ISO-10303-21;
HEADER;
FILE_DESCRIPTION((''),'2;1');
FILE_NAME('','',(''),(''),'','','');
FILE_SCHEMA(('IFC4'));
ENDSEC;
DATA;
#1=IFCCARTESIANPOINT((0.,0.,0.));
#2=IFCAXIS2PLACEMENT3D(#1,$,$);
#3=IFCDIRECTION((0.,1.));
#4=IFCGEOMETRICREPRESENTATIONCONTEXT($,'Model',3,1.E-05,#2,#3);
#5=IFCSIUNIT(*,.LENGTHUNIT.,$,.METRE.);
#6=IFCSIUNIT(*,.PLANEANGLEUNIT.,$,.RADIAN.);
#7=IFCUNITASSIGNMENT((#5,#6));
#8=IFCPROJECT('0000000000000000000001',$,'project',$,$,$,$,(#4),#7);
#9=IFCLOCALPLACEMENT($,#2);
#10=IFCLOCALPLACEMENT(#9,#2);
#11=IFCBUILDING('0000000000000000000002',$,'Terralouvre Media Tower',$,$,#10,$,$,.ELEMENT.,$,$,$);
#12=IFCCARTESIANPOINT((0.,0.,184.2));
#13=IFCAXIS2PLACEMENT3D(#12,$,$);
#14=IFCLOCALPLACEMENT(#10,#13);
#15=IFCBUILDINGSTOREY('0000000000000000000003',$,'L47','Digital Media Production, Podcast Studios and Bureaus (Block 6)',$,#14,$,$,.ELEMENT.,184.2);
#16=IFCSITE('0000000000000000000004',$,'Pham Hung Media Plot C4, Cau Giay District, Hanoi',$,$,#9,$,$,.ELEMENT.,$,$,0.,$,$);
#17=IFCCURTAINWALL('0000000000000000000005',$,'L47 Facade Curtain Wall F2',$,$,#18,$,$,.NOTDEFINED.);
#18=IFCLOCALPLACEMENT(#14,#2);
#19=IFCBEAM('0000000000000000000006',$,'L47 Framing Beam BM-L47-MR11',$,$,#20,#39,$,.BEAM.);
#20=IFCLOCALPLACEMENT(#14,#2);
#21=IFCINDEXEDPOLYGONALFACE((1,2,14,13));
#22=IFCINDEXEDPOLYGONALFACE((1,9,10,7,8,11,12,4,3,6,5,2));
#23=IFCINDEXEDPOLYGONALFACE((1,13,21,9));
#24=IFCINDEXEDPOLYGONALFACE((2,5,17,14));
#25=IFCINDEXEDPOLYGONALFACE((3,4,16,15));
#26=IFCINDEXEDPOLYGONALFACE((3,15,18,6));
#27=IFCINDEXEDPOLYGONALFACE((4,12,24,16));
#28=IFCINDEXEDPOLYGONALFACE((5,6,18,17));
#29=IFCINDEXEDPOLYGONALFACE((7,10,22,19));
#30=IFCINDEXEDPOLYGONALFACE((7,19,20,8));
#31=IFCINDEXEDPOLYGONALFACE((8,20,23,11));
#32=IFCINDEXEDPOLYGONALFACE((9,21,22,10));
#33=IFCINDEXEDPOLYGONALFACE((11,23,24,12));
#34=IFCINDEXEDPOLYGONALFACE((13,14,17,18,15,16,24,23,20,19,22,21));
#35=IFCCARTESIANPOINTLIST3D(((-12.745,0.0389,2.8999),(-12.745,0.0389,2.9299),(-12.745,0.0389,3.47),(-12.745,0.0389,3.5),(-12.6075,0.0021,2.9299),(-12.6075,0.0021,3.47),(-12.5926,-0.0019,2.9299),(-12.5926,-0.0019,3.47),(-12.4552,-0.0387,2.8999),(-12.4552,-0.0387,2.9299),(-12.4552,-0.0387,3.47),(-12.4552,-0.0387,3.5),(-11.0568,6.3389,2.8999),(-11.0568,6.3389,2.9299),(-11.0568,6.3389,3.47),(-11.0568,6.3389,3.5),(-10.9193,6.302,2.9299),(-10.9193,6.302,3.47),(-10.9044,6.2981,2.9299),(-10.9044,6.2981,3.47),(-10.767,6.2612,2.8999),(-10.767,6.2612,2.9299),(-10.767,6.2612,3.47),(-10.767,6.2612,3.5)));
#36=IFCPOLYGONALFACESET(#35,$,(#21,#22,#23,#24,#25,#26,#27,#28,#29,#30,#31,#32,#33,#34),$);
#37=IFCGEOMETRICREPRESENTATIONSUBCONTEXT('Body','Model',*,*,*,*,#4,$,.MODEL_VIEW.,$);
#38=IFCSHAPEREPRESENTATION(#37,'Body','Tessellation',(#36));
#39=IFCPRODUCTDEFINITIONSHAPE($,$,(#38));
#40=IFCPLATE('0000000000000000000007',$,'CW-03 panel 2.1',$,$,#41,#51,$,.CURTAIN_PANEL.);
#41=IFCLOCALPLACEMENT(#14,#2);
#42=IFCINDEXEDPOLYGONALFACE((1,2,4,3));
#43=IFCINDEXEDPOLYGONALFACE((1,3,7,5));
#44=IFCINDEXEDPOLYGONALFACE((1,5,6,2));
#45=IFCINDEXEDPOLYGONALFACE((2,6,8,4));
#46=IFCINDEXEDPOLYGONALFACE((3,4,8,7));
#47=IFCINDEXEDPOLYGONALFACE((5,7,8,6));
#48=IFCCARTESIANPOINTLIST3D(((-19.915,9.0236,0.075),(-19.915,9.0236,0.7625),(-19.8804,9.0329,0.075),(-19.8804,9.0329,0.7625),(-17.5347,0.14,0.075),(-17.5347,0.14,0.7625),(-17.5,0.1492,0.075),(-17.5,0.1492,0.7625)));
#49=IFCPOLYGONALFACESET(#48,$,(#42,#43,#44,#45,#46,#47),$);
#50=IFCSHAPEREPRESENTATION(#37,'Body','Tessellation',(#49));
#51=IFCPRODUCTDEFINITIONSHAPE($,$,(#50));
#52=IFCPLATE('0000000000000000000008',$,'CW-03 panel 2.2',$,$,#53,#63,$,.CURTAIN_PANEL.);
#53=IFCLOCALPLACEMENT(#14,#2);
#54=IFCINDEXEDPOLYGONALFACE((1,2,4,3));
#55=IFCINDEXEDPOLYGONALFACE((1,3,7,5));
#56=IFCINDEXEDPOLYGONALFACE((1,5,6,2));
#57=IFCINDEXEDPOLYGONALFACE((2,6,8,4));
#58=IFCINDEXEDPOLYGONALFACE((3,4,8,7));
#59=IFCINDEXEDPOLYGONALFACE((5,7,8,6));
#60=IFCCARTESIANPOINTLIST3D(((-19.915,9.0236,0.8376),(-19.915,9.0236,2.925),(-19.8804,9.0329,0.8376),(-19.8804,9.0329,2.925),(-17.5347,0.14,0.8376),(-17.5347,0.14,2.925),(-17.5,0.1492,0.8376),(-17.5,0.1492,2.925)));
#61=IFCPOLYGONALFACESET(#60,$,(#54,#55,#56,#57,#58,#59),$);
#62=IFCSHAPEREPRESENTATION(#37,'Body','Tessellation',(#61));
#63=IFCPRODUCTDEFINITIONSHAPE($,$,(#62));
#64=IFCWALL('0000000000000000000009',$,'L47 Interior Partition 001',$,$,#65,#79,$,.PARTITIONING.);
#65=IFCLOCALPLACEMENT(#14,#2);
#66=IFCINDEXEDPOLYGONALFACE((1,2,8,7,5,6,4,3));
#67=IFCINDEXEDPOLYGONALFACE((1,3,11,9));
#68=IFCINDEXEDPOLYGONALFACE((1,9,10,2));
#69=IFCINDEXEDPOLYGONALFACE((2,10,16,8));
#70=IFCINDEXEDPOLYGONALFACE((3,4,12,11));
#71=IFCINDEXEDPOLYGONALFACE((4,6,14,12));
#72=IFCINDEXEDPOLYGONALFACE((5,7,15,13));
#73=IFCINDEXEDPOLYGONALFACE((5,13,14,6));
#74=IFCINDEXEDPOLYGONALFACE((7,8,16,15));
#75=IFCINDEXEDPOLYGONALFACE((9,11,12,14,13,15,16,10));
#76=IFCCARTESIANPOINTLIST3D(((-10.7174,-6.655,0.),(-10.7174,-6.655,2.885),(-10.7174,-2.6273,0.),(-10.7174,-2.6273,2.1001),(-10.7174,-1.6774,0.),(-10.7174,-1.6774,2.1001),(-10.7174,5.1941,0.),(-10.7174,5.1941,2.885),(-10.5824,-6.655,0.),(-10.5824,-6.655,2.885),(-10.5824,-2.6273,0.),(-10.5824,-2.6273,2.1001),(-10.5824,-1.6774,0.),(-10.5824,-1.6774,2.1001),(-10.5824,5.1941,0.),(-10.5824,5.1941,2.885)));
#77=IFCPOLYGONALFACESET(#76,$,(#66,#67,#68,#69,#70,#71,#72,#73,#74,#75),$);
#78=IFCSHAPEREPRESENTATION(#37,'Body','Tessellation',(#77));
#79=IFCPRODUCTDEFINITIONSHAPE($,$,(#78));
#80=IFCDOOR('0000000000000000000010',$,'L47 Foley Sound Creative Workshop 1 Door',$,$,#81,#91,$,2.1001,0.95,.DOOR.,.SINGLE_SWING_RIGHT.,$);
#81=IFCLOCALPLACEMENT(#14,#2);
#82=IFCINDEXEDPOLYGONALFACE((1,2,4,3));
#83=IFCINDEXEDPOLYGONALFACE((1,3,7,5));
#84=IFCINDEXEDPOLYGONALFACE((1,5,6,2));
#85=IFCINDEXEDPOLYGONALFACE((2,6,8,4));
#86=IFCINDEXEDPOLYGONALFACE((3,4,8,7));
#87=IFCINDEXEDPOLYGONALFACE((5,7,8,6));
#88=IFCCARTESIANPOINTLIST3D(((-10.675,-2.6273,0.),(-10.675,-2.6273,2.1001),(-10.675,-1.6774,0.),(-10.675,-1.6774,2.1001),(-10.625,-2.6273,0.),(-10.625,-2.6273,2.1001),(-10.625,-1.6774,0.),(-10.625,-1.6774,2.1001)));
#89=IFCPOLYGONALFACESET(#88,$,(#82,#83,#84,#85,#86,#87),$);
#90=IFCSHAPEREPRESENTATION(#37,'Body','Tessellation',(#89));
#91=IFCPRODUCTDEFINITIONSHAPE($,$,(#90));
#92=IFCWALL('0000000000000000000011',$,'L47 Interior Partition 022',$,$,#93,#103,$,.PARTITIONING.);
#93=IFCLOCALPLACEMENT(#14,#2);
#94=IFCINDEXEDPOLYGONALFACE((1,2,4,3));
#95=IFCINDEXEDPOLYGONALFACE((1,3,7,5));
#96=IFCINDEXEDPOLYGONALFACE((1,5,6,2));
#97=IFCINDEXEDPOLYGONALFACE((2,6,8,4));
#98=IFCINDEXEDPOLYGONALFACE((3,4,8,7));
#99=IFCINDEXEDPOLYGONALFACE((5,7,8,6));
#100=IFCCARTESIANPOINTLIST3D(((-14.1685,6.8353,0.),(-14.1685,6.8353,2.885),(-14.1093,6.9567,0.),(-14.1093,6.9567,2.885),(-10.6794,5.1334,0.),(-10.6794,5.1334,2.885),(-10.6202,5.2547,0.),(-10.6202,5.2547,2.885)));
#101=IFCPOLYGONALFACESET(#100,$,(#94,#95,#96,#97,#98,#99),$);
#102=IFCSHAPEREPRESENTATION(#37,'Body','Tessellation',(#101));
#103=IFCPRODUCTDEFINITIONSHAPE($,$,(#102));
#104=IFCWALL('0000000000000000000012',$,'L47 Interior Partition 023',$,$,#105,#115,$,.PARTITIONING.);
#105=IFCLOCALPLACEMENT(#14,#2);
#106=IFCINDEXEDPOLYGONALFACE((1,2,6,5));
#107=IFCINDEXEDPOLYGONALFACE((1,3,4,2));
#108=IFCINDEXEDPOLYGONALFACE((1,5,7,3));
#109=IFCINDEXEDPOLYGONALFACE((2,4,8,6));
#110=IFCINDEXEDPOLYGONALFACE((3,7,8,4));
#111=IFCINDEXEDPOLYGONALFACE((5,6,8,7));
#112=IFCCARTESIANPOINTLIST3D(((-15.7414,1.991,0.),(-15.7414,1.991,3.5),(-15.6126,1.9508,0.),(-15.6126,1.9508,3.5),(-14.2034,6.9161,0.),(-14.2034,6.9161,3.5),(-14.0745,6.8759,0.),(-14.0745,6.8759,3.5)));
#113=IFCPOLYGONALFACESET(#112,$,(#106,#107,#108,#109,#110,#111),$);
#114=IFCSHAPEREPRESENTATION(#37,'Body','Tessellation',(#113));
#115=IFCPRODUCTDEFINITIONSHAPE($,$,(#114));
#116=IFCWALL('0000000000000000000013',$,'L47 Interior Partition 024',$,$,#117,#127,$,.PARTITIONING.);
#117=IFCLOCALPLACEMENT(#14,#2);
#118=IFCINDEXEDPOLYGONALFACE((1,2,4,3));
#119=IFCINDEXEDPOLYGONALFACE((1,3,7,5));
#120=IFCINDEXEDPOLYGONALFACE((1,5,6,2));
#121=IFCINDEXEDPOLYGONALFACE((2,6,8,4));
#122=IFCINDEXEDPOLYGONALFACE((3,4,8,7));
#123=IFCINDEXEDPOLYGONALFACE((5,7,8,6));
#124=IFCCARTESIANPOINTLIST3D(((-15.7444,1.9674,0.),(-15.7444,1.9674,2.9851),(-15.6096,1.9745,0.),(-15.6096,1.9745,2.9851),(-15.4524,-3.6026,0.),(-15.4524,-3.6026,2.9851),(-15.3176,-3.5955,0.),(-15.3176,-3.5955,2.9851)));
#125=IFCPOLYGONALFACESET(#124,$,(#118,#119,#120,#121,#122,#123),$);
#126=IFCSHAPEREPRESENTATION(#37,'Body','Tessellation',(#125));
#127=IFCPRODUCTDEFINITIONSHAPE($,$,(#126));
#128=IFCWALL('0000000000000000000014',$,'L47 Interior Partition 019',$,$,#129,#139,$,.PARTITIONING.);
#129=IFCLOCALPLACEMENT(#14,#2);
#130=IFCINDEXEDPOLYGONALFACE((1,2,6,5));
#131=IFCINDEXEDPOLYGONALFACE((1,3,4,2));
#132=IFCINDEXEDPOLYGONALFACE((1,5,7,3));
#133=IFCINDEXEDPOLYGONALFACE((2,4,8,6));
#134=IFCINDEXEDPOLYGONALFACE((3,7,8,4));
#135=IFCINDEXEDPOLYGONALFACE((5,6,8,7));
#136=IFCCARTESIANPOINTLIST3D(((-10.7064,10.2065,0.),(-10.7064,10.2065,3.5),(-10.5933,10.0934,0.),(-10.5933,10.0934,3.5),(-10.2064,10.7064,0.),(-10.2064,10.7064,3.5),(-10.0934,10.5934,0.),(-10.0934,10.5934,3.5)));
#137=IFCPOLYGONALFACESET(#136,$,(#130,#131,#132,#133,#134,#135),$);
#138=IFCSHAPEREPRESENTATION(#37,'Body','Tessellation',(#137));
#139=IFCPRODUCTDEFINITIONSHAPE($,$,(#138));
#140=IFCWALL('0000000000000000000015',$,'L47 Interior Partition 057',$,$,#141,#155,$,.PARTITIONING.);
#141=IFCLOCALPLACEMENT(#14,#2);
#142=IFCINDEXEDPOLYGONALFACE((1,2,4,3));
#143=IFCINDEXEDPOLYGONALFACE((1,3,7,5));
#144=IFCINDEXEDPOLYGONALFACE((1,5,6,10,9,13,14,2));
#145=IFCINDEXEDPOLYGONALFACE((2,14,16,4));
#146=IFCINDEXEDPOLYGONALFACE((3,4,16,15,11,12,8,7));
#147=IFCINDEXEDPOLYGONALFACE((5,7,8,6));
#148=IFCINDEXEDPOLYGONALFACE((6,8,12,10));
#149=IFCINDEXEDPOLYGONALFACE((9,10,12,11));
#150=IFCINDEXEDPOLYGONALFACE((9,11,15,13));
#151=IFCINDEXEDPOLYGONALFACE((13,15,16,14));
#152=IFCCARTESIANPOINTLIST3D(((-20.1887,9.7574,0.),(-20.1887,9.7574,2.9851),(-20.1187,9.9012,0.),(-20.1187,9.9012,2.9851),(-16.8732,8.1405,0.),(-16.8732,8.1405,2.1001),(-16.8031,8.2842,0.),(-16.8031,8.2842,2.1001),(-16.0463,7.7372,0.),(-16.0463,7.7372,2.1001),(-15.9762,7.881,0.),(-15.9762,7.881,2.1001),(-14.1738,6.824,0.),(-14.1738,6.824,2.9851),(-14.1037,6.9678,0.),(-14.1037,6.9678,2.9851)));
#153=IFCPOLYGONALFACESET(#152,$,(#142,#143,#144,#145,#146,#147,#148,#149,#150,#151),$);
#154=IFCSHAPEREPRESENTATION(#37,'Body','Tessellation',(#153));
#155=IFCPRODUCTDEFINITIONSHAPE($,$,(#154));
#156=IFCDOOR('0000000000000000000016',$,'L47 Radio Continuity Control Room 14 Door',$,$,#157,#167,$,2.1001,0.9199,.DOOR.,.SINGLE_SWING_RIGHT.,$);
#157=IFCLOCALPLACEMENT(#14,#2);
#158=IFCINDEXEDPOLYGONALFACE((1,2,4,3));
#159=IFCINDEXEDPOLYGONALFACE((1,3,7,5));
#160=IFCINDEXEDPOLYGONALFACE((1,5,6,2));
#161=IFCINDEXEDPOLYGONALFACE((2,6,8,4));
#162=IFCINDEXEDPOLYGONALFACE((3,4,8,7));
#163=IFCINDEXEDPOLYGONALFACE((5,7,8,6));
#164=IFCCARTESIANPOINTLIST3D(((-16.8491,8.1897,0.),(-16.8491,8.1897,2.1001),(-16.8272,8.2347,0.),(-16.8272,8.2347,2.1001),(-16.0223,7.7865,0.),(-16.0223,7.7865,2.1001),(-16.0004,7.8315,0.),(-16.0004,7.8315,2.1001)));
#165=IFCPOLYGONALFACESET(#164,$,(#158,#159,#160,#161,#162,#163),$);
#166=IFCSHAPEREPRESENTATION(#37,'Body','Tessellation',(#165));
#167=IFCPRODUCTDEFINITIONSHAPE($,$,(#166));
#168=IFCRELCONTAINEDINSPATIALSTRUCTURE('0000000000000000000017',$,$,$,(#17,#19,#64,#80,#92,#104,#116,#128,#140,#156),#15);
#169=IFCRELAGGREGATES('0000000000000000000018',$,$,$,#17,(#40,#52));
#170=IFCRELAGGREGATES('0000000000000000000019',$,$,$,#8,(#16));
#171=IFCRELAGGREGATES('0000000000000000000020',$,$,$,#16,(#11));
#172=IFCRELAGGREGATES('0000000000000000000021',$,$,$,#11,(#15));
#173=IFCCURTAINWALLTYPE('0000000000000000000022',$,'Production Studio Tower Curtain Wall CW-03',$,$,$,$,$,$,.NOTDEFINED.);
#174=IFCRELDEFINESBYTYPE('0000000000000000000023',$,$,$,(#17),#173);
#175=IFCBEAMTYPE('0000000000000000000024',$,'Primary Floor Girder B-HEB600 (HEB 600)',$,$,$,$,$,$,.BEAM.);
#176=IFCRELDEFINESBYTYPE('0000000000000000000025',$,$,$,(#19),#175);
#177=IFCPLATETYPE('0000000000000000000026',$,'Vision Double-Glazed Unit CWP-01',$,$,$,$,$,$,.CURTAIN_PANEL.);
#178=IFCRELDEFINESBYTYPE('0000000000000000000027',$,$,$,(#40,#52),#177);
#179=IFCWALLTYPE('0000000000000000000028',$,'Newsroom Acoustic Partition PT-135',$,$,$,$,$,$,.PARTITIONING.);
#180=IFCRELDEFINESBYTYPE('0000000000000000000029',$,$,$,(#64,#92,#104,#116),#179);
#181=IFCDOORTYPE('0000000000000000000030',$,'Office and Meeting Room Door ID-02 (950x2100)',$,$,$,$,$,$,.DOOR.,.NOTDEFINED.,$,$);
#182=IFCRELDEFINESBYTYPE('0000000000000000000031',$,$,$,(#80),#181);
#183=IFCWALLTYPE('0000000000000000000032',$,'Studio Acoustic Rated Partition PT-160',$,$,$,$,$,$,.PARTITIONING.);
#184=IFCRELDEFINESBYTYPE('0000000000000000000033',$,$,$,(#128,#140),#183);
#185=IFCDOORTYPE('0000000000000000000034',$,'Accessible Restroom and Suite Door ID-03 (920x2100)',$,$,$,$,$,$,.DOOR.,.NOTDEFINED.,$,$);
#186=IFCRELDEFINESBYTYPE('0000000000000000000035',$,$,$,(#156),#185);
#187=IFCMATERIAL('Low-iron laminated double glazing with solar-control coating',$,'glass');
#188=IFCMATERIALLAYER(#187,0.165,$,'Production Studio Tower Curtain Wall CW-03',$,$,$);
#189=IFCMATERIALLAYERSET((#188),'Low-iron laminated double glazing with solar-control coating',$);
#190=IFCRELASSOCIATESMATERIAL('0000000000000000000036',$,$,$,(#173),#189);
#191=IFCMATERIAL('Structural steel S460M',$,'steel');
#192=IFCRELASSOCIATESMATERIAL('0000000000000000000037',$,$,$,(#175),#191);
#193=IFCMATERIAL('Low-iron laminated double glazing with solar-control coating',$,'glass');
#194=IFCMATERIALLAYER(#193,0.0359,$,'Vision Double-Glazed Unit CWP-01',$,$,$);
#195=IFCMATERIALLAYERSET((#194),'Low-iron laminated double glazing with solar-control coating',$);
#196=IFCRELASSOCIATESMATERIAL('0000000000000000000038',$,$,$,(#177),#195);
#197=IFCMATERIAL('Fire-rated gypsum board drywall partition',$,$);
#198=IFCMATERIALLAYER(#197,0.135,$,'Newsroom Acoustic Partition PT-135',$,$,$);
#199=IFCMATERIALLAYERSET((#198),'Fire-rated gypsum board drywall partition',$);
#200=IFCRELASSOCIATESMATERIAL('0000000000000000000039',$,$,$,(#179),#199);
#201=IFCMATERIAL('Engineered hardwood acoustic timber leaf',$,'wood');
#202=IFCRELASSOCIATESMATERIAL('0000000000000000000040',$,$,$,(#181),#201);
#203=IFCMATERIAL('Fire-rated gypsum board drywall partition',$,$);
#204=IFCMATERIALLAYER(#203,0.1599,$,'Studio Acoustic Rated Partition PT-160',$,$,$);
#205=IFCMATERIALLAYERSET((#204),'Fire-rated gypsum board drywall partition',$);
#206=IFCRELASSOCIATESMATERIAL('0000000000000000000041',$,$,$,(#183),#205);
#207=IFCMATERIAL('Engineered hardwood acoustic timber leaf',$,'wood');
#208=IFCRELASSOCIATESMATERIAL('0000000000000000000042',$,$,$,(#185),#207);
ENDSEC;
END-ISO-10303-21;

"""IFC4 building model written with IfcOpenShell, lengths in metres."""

from ifc_helpers import new_model, si_unit, direction, frame, frame_2d, origin, origin_2d, place, context, subcontext, project, spatial, rectangle, i_section, extrude, material, layer, layer_set, material_profile, profile_set, type_object, element, fill, aggregate, save


model = new_model("IFC4")

# Units and contexts
model_context = context("Model", 3, precision=1e-05, world=origin(), true_north=direction((0.0, 1.0)))
body_context = subcontext(model_context, "Body", "Model", "MODEL_VIEW")
ifc_project = project(units=[si_unit("LENGTHUNIT", "METRE"), si_unit("PLANEANGLEUNIT", "RADIAN")], contexts=[model_context])

# Site, building, storey
site_placement = place(None, origin())
site = spatial("IfcSite", under=ifc_project, at=site_placement, Name="Pham Hung Media Plot C4, Cau Giay District, Hanoi", CompositionType="ELEMENT", RefElevation=0.0)
building_placement = place(site_placement, origin())
building = spatial("IfcBuilding", under=site, at=building_placement, Name="Terralouvre Media Tower", CompositionType="ELEMENT")
storey_placement = place(building_placement, frame((0.0, 0.0, 184.2)))
storey = spatial("IfcBuildingStorey", under=building, at=storey_placement, Name="L47", Description="Digital Media Production, Podcast Studios and Bureaus (Block 6)", CompositionType="ELEMENT", Elevation=184.2)

# Curtain wall
ifc_material_1 = material(Name="Low-iron laminated double glazing with solar-control coating", Category="glass")
ifc_layer_1 = layer(ifc_material_1, 0.165, Name="Production Studio Tower Curtain Wall CW-03")
ifc_layer_set_1 = layer_set([ifc_layer_1], Name="Low-iron laminated double glazing with solar-control coating")
curtain_wall_type = type_object("IfcCurtainWallType", Name="Production Studio Tower Curtain Wall CW-03", PredefinedType="NOTDEFINED", material=ifc_layer_set_1)
curtain_wall_placement = place(storey_placement, origin())
curtain_wall = element("IfcCurtainWall", 1, at=curtain_wall_placement, inside=storey, type_object=curtain_wall_type, Name="L47 Facade Curtain Wall F2", PredefinedType="NOTDEFINED")

# Beam
ifc_material_2 = material(Name="Structural steel S460M", Category="steel")
ifc_material_profile_1 = material_profile(ifc_material_2, i_section(OverallWidth=0.3, OverallDepth=0.6001, WebThickness=0.0154, FlangeThickness=0.03, at=origin_2d()), Name="HEB 600")
ifc_profile_set_1 = profile_set([ifc_material_profile_1], Name="Structural steel S460M")
beam_type_1 = type_object("IfcBeamType", Name="Primary Floor Girder B-HEB600 (HEB 600)", PredefinedType="BEAM", material=ifc_profile_set_1)
beam_1_placement = place(storey_placement, frame((-10.9119, 6.3, 3.2), z_axis=(-0.258839, -0.96592, 0.0), x_axis=(0.96592, -0.258839, 0.0)))
element("IfcBeam", 2, at=beam_1_placement, inside=storey, type_object=beam_type_1, Name="L47 Framing Beam BM-L47-MR11", PredefinedType="BEAM", context=body_context, shape_type="SweptSolid", body=[
    extrude(i_section(OverallWidth=0.3, OverallDepth=0.6001, WebThickness=0.0154, FlangeThickness=0.03, at=origin_2d()), origin(), (0.0, 0.0, 1.0), 6.5222),
])

# Plates
ifc_material_3 = material(Name="Low-iron laminated double glazing with solar-control coating", Category="glass")
ifc_layer_2 = layer(ifc_material_3, 0.0359, Name="Vision Double-Glazed Unit CWP-01")
ifc_layer_set_2 = layer_set([ifc_layer_2], Name="Low-iron laminated double glazing with solar-control coating")
plate_type = type_object("IfcPlateType", Name="Vision Double-Glazed Unit CWP-01", PredefinedType="CURTAIN_PANEL", material=ifc_layer_set_2)
plate_1_placement = place(storey_placement, frame((-18.7075, 4.5864, 0.075), z_axis=(0.0, 0.0, 1.0), x_axis=(0.258819, -0.965926, 0.0)))
plate_1 = element("IfcPlate", 3, at=plate_1_placement, type_object=plate_type, Name="CW-03 panel 2.1", PredefinedType="CURTAIN_PANEL", context=body_context, shape_type="SweptSolid", body=[
    extrude(rectangle(XDim=9.197, YDim=0.0359, at=origin_2d()), origin(), (0.0, 0.0, 1.0), 0.6875),
])
plate_2_placement = place(storey_placement, frame((-18.7075, 4.5864, 0.8376), z_axis=(0.0, 0.0, 1.0), x_axis=(0.258819, -0.965926, 0.0)))
plate_2 = element("IfcPlate", 4, at=plate_2_placement, type_object=plate_type, Name="CW-03 panel 2.2", PredefinedType="CURTAIN_PANEL", context=body_context, shape_type="SweptSolid", body=[
    extrude(rectangle(XDim=9.197, YDim=0.0359, at=origin_2d()), origin(), (0.0, 0.0, 1.0), 2.0874),
])
aggregate(curtain_wall, [plate_1, plate_2])

# Wall, opening, door
ifc_material_4 = material(Name="Fire-rated gypsum board drywall partition")
ifc_layer_3 = layer(ifc_material_4, 0.135, Name="Newsroom Acoustic Partition PT-135")
ifc_layer_set_3 = layer_set([ifc_layer_3], Name="Fire-rated gypsum board drywall partition")
wall_type_1 = type_object("IfcWallType", Name="Newsroom Acoustic Partition PT-135", PredefinedType="PARTITIONING", material=ifc_layer_set_3)
wall_1_placement = place(storey_placement, frame((-10.6499, 5.1941, 0.0), z_axis=(0.0, 0.0, 1.0), x_axis=(0.0, -1.0, 0.0)))
wall_1 = element("IfcWall", 5, at=wall_1_placement, inside=storey, type_object=wall_type_1, Name="L47 Interior Partition 001", PredefinedType="PARTITIONING", context=body_context, shape_type="SweptSolid", body=[
    extrude(rectangle(XDim=11.8491, YDim=0.135, at=frame_2d((5.9246, 0.0))), origin(), (0.0, 0.0, 1.0), 2.885),
])
opening_1_placement = place(wall_1_placement, frame((6.8713, 0.0, 0.0)))
opening_1 = element("IfcOpeningElement", 6, at=opening_1_placement, cuts=wall_1, PredefinedType="OPENING", context=body_context, shape_type="SweptSolid", body=[
    extrude(rectangle(XDim=0.95, YDim=2.1001, at=frame_2d((0.4751, 1.05))), frame((0.0, 0.0774, 0.0), z_axis=(0.0, -1.0, 0.0), x_axis=(1.0, 0.0, 0.0)), (0.0, 0.0, 1.0), 0.155),
])
ifc_material_5 = material(Name="Engineered hardwood acoustic timber leaf", Category="wood")
door_type_1 = type_object("IfcDoorType", Name="Office and Meeting Room Door ID-02 (950x2100)", OperationType="NOTDEFINED", PredefinedType="DOOR", material=ifc_material_5)
door_1_placement = place(opening_1_placement, origin())
door_1 = element("IfcDoor", 7, at=door_1_placement, inside=storey, type_object=door_type_1, Name="L47 Foley Sound Creative Workshop 1 Door", OperationType="SINGLE_SWING_RIGHT", OverallHeight=2.1001, OverallWidth=0.95, PredefinedType="DOOR", context=body_context, shape_type="SweptSolid", body=[
    extrude(rectangle(XDim=0.95, YDim=2.1001, at=frame_2d((0.4751, 1.05))), frame((0.0, 0.0249, 0.0), z_axis=(0.0, -1.0, 0.0), x_axis=(1.0, 0.0, 0.0)), (0.0, 0.0, 1.0), 0.05),
])
fill(opening_1, door_1)

# Walls
wall_2_placement = place(storey_placement, frame((-10.6499, 5.1941, 0.0), z_axis=(0.0, 0.0, 1.0), x_axis=(-0.898774, 0.438412, 0.0)))
element("IfcWall", 8, at=wall_2_placement, inside=storey, type_object=wall_type_1, Name="L47 Interior Partition 022", PredefinedType="PARTITIONING", context=body_context, shape_type="SweptSolid", body=[
    extrude(rectangle(XDim=3.8821, YDim=0.135, at=frame_2d((1.9409, 0.0))), origin(), (0.0, 0.0, 1.0), 2.885),
])
wall_3_placement = place(storey_placement, frame((-14.1389, 6.896, 0.0), z_axis=(0.0, 0.0, 1.0), x_axis=(-0.2981, -0.954535, 0.0)))
element("IfcWall", 9, at=wall_3_placement, inside=storey, type_object=wall_type_1, Name="L47 Interior Partition 023", PredefinedType="PARTITIONING", context=body_context, shape_type="SweptSolid", body=[
    extrude(rectangle(XDim=5.1597, YDim=0.135, at=frame_2d((2.5798, 0.0))), origin(), (0.0, 0.0, 1.0), 3.5),
])
wall_4_placement = place(storey_placement, frame((-15.677, 1.9709, 0.0), z_axis=(0.0, 0.0, 1.0), x_axis=(0.05235, -0.998629, 0.0)))
element("IfcWall", 10, at=wall_4_placement, inside=storey, type_object=wall_type_1, Name="L47 Interior Partition 024", PredefinedType="PARTITIONING", context=body_context, shape_type="SweptSolid", body=[
    extrude(rectangle(XDim=5.5776, YDim=0.135, at=frame_2d((2.7888, 0.0))), origin(), (0.0, 0.0, 1.0), 2.9851),
])
ifc_material_6 = material(Name="Fire-rated gypsum board drywall partition")
ifc_layer_4 = layer(ifc_material_6, 0.1599, Name="Studio Acoustic Rated Partition PT-160")
ifc_layer_set_4 = layer_set([ifc_layer_4], Name="Fire-rated gypsum board drywall partition")
wall_type_2 = type_object("IfcWallType", Name="Studio Acoustic Rated Partition PT-160", PredefinedType="PARTITIONING", material=ifc_layer_set_4)
wall_5_placement = place(storey_placement, frame((-10.1499, 10.6499, 0.0), z_axis=(0.0, 0.0, 1.0), x_axis=(-0.707107, -0.707107, 0.0)))
element("IfcWall", 11, at=wall_5_placement, inside=storey, type_object=wall_type_2, Name="L47 Interior Partition 019", PredefinedType="PARTITIONING", context=body_context, shape_type="SweptSolid", body=[
    extrude(rectangle(XDim=0.707, YDim=0.1599, at=frame_2d((0.3535, 0.0))), origin(), (0.0, 0.0, 1.0), 3.5),
])

# Wall, opening, door
wall_6_placement = place(storey_placement, frame((-20.1538, 9.8293, 0.0), z_axis=(0.0, 0.0, 1.0), x_axis=(0.898812, -0.438334, 0.0)))
wall_6 = element("IfcWall", 12, at=wall_6_placement, inside=storey, type_object=wall_type_2, Name="L47 Interior Partition 057", PredefinedType="PARTITIONING", context=body_context, shape_type="SweptSolid", body=[
    extrude(rectangle(XDim=6.6921, YDim=0.1599, at=frame_2d((3.3462, 0.0))), origin(), (0.0, 0.0, 1.0), 2.9851),
])
opening_2_placement = place(wall_6_placement, frame((3.689, 0.0, 0.0)))
opening_2 = element("IfcOpeningElement", 13, at=opening_2_placement, cuts=wall_6, PredefinedType="OPENING", context=body_context, shape_type="SweptSolid", body=[
    extrude(rectangle(XDim=0.9199, YDim=2.1001, at=frame_2d((0.46, 1.05))), frame((0.0, 0.0898, 0.0), z_axis=(0.0, -1.0, 0.0), x_axis=(1.0, 0.0, 0.0)), (0.0, 0.0, 1.0), 0.1799),
])
ifc_material_7 = material(Name="Engineered hardwood acoustic timber leaf", Category="wood")
door_type_2 = type_object("IfcDoorType", Name="Accessible Restroom and Suite Door ID-03 (920x2100)", OperationType="NOTDEFINED", PredefinedType="DOOR", material=ifc_material_7)
door_2_placement = place(opening_2_placement, origin())
door_2 = element("IfcDoor", 14, at=door_2_placement, inside=storey, type_object=door_type_2, Name="L47 Radio Continuity Control Room 14 Door", OperationType="SINGLE_SWING_RIGHT", OverallHeight=2.1001, OverallWidth=0.9199, PredefinedType="DOOR", context=body_context, shape_type="SweptSolid", body=[
    extrude(rectangle(XDim=0.9199, YDim=2.1001, at=frame_2d((0.46, 1.05))), frame((0.0, 0.0249, 0.0), z_axis=(0.0, -1.0, 0.0), x_axis=(1.0, 0.0, 0.0)), (0.0, 0.0, 1.0), 0.05),
])
fill(opening_2, door_2)

save(model, "model.ifc")
